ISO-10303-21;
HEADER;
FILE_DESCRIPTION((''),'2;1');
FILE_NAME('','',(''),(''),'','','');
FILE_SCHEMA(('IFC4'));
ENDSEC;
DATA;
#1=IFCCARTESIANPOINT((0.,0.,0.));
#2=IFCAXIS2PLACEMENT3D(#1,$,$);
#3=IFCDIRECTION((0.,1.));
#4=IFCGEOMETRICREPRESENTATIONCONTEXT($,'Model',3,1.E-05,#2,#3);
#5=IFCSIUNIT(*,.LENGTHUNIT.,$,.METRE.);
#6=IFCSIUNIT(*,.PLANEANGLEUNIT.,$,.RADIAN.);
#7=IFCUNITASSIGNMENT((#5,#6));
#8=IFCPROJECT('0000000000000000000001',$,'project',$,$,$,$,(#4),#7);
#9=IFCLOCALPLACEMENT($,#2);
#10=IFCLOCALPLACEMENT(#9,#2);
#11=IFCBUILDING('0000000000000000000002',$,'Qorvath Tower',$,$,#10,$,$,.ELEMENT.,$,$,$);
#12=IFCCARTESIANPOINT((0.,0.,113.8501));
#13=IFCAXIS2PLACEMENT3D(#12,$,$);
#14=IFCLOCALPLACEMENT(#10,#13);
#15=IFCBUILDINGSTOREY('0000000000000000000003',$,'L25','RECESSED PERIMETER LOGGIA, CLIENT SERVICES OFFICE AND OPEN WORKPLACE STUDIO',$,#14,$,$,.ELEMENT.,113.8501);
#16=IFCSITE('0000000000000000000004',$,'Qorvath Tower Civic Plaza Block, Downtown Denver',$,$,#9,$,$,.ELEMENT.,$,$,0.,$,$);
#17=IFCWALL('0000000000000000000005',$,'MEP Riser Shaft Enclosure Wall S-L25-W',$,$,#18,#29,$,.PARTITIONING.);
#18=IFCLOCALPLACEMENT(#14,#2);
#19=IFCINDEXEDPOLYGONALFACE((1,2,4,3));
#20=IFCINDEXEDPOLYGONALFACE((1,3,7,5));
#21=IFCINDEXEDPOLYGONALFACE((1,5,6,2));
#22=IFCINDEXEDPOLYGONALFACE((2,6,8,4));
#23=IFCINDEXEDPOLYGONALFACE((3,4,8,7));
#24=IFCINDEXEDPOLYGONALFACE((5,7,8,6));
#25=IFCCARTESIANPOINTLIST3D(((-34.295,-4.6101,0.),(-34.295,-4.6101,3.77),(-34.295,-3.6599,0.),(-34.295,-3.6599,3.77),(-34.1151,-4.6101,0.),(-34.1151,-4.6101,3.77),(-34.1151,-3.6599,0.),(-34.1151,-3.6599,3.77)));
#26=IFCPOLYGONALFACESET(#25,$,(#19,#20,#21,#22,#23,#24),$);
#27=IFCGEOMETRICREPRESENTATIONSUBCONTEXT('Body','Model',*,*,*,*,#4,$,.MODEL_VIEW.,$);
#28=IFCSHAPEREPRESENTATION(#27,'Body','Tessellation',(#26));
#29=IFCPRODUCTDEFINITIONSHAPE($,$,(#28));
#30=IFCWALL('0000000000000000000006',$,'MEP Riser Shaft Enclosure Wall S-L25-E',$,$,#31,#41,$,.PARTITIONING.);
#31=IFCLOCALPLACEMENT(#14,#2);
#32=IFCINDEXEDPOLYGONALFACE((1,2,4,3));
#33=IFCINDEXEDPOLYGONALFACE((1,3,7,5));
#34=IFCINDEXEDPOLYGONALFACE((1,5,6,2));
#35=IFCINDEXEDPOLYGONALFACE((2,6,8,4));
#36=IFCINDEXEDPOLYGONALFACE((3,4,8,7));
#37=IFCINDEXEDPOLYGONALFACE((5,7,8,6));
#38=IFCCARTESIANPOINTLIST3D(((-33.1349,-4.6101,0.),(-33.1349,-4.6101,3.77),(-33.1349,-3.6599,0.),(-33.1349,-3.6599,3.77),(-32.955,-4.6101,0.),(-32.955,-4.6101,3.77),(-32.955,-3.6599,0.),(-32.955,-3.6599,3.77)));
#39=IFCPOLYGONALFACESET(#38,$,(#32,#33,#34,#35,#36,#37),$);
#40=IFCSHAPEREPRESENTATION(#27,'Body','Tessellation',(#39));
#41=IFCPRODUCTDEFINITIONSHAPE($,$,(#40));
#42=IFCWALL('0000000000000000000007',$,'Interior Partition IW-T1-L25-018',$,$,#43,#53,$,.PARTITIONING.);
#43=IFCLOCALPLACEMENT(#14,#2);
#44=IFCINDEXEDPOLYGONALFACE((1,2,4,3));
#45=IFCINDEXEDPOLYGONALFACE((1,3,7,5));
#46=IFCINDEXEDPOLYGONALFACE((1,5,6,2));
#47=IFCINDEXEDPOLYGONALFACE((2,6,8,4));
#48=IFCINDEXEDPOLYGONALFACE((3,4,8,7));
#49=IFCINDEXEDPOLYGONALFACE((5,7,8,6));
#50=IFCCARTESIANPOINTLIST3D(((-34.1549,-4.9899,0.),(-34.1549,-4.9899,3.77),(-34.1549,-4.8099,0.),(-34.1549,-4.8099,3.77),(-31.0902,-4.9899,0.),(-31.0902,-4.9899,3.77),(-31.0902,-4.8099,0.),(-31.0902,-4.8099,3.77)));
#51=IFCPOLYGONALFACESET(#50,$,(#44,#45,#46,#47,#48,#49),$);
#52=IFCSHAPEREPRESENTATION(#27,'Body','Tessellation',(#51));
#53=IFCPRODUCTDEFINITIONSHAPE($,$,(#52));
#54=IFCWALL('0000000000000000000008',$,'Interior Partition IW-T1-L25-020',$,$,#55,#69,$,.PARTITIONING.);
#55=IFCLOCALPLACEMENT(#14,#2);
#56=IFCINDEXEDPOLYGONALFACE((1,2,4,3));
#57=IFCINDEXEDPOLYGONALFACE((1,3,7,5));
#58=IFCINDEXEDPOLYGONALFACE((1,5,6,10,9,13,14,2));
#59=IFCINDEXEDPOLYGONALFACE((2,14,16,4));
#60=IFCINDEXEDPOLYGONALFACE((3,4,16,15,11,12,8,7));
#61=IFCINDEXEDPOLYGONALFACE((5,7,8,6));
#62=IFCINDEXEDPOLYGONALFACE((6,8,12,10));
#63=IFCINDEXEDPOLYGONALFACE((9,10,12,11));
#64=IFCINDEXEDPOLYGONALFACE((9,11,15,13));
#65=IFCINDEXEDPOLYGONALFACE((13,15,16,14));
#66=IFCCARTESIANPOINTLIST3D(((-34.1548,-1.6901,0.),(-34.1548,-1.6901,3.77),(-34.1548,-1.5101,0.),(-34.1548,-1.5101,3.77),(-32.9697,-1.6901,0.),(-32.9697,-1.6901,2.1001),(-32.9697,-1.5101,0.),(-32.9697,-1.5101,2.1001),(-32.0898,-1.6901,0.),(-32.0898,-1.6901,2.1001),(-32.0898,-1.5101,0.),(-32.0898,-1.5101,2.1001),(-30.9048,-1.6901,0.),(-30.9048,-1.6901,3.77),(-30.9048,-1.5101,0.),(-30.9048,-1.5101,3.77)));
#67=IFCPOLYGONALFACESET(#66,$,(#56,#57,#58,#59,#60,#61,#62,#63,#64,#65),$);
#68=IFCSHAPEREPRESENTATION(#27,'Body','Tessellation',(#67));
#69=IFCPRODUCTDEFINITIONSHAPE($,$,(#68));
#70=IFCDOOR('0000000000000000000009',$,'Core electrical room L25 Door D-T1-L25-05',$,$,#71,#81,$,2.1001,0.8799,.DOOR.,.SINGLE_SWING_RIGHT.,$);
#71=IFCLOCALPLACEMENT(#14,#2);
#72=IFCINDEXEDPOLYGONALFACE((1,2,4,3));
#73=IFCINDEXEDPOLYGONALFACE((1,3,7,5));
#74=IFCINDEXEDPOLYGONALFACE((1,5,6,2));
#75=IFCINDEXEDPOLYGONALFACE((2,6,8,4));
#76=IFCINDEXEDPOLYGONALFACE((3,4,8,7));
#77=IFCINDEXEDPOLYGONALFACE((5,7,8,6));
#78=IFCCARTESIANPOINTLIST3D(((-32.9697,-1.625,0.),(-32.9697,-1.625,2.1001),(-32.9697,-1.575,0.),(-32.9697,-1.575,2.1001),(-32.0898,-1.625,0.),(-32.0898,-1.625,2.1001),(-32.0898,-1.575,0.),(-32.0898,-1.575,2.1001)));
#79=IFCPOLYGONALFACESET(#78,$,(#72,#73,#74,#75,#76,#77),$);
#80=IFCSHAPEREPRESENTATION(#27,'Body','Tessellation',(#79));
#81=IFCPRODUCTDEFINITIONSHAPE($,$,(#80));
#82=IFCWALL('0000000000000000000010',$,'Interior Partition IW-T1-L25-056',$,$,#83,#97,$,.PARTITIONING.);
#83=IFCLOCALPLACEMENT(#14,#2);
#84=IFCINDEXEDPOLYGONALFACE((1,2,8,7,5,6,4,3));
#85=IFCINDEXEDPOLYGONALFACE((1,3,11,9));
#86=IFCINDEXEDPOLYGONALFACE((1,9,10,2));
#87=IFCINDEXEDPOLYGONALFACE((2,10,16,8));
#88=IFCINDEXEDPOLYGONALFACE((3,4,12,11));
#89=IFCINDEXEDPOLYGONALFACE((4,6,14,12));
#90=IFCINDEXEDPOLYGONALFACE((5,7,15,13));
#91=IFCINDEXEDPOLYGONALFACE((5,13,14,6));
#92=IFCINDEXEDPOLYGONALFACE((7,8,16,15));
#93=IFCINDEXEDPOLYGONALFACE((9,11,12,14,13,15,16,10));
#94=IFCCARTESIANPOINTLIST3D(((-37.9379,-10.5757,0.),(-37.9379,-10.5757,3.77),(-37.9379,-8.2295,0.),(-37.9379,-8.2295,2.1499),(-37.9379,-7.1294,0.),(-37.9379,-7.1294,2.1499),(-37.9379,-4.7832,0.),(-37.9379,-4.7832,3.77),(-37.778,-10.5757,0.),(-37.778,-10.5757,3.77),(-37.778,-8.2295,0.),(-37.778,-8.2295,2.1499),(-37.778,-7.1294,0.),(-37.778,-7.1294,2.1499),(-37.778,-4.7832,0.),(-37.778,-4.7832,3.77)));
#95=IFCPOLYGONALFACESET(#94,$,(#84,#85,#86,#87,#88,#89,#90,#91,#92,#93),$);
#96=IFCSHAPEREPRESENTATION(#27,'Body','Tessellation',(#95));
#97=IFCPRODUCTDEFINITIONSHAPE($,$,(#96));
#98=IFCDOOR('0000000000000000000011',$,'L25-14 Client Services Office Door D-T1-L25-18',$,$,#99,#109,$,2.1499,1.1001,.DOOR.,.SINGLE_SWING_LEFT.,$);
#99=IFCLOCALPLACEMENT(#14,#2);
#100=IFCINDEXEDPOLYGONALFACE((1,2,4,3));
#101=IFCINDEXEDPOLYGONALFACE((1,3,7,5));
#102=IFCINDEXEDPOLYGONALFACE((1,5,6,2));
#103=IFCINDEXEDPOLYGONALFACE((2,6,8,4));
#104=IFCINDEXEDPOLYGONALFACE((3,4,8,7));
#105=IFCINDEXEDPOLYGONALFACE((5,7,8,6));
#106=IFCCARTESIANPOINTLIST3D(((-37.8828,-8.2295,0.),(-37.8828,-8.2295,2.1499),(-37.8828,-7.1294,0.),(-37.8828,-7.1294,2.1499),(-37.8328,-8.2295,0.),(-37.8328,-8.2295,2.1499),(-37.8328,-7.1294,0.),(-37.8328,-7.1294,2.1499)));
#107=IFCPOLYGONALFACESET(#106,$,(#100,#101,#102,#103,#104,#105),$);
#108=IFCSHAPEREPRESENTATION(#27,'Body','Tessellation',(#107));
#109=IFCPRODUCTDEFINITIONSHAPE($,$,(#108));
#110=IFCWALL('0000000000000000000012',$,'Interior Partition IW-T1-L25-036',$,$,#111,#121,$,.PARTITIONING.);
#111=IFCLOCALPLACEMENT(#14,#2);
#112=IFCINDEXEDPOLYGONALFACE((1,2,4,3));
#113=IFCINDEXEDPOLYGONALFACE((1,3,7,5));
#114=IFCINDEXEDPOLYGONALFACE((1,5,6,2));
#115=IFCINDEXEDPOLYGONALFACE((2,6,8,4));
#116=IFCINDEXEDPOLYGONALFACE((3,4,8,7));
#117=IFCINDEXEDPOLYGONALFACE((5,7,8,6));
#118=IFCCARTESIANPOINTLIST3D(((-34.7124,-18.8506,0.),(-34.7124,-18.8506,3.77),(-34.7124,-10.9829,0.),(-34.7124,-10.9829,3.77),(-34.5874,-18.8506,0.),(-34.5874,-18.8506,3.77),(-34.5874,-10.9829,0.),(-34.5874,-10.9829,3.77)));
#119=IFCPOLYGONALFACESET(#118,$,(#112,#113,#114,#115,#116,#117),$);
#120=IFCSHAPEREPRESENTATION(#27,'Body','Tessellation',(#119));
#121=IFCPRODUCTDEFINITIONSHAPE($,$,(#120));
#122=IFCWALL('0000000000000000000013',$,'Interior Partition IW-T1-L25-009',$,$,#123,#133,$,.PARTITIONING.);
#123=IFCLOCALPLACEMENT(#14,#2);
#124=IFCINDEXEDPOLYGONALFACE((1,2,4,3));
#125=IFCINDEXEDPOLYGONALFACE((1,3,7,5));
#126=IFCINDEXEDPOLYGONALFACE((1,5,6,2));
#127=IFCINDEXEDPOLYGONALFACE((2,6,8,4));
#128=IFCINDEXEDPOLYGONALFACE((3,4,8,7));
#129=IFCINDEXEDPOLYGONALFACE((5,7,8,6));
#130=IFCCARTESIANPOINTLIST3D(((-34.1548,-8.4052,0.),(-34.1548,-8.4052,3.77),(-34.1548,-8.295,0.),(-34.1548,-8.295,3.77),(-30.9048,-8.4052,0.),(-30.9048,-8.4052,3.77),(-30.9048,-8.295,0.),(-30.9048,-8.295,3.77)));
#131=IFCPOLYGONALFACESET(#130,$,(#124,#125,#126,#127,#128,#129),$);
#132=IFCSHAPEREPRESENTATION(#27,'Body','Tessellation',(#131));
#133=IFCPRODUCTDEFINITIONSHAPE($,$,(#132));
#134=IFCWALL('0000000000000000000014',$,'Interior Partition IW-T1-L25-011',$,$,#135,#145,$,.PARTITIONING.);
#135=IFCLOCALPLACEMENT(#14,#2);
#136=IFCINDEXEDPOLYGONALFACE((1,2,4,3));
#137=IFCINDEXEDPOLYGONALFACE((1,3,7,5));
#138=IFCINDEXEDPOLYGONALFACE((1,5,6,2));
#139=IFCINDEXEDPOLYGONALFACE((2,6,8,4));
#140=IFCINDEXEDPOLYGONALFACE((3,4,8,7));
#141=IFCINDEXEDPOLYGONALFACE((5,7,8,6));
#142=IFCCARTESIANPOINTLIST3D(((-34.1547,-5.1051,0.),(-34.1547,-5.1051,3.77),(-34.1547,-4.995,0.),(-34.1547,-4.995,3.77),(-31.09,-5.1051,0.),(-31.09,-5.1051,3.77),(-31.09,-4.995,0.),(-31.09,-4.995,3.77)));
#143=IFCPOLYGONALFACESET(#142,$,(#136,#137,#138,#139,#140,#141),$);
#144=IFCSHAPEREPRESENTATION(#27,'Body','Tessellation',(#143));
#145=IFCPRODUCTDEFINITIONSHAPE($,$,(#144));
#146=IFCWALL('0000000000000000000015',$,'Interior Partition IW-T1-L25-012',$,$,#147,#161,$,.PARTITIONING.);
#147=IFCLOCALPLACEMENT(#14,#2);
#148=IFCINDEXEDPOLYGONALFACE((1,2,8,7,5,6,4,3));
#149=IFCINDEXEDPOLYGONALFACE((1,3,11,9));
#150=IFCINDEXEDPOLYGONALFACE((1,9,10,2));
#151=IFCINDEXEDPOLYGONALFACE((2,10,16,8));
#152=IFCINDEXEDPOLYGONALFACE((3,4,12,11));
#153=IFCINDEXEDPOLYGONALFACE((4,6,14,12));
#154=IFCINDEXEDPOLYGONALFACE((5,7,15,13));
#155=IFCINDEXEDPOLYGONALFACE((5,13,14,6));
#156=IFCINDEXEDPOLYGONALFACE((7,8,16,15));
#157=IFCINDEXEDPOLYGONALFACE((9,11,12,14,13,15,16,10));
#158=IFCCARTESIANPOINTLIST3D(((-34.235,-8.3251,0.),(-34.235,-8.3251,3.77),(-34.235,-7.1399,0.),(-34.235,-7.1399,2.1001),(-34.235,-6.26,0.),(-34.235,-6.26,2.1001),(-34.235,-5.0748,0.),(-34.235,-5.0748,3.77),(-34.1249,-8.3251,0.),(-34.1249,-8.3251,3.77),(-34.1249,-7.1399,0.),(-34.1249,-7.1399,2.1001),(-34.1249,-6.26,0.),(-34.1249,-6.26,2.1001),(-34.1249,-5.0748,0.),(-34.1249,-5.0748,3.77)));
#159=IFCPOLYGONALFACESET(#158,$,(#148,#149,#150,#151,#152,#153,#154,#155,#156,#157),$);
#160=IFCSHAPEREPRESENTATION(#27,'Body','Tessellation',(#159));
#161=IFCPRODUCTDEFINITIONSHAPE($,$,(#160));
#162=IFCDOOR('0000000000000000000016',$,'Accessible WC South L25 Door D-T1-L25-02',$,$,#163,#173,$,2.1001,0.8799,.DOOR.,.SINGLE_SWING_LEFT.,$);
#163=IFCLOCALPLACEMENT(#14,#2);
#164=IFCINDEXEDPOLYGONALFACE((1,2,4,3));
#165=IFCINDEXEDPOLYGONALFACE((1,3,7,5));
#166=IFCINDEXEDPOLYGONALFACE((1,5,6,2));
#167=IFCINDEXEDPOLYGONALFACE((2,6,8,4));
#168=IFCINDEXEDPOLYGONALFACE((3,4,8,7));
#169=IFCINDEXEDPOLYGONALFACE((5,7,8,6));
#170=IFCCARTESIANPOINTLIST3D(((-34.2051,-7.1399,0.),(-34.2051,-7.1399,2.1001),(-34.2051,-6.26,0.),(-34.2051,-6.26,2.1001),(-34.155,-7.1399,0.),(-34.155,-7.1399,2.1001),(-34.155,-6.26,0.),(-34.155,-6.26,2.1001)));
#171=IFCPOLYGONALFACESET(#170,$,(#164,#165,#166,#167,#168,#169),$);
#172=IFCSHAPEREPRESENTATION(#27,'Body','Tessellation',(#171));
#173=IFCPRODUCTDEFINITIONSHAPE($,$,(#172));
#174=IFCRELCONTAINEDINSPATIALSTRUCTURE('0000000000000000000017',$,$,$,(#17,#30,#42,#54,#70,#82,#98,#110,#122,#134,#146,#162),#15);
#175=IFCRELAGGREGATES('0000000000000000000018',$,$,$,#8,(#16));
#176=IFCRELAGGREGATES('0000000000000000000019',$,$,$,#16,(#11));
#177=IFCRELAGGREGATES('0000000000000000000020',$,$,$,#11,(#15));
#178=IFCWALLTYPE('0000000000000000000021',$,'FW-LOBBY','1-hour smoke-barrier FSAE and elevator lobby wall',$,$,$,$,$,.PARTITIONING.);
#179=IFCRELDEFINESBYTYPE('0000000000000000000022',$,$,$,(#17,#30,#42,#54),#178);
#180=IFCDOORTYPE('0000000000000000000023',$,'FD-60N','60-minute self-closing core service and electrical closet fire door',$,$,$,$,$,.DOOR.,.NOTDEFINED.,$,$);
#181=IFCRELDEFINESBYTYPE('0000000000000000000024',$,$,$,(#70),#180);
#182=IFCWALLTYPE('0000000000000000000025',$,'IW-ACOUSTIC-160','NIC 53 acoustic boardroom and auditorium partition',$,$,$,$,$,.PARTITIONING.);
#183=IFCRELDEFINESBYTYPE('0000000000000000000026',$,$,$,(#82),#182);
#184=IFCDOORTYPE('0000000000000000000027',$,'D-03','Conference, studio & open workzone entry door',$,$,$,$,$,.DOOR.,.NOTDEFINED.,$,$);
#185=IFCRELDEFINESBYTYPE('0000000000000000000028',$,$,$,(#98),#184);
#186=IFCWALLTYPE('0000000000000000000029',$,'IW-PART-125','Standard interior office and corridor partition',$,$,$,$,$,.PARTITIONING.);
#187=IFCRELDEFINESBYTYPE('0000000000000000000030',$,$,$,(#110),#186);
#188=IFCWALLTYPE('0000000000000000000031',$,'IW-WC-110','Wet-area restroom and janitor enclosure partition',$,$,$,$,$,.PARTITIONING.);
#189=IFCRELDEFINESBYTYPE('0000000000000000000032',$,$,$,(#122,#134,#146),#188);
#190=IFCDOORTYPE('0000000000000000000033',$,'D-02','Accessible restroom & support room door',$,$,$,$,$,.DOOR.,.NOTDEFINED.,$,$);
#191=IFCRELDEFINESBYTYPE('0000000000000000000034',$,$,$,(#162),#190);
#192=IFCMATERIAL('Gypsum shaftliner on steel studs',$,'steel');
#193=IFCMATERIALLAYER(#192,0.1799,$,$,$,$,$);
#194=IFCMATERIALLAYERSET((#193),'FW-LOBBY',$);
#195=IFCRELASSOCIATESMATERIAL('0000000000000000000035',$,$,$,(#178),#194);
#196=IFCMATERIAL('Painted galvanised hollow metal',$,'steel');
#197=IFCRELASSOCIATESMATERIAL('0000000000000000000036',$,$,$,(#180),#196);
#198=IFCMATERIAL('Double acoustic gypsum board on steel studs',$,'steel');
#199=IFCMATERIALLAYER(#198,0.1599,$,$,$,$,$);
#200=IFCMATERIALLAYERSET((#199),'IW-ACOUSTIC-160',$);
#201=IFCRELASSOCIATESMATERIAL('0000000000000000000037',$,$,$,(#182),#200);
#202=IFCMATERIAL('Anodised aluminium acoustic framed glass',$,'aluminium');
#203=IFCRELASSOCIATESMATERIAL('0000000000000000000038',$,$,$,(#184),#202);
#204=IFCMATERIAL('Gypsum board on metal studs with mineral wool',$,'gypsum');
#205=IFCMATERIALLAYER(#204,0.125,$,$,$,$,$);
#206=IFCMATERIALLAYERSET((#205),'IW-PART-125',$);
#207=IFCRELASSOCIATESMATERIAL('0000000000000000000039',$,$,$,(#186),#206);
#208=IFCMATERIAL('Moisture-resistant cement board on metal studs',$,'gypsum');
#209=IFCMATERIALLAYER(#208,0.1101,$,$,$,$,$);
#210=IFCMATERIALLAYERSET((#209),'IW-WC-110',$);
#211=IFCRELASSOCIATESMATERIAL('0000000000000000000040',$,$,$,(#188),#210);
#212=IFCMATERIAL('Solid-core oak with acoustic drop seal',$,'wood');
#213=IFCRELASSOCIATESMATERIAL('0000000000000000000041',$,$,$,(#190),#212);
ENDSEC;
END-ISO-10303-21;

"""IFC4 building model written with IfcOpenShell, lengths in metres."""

from ifc_helpers import new_model, si_unit, direction, frame, frame_2d, origin, place, context, subcontext, project, spatial, rectangle, extrude, material, layer, layer_set, type_object, element, fill, save


model = new_model("IFC4")

# Units and contexts
model_context = context("Model", 3, precision=1e-05, world=origin(), true_north=direction((0.0, 1.0)))
body_context = subcontext(model_context, "Body", "Model", "MODEL_VIEW")
ifc_project = project(units=[si_unit("LENGTHUNIT", "METRE"), si_unit("PLANEANGLEUNIT", "RADIAN")], contexts=[model_context])

# Site, building, storey
site_placement = place(None, origin())
site = spatial("IfcSite", under=ifc_project, at=site_placement, Name="Qorvath Tower Civic Plaza Block, Downtown Denver", CompositionType="ELEMENT", RefElevation=0.0)
building_placement = place(site_placement, origin())
building = spatial("IfcBuilding", under=site, at=building_placement, Name="Qorvath Tower", CompositionType="ELEMENT")
storey_placement = place(building_placement, frame((0.0, 0.0, 113.8501)))
storey = spatial("IfcBuildingStorey", under=building, at=storey_placement, Name="L25", Description="RECESSED PERIMETER LOGGIA, CLIENT SERVICES OFFICE AND OPEN WORKPLACE STUDIO", CompositionType="ELEMENT", Elevation=113.8501)

# Walls
ifc_material_1 = material(Name="Gypsum shaftliner on steel studs", Category="steel")
ifc_layer_1 = layer(ifc_material_1, 0.1799)
ifc_layer_set_1 = layer_set([ifc_layer_1], Name="FW-LOBBY")
wall_type_1 = type_object("IfcWallType", Name="FW-LOBBY", Description="1-hour smoke-barrier FSAE and elevator lobby wall", PredefinedType="PARTITIONING", material=ifc_layer_set_1)
for number, where, z_axis, x_axis, name in (
    (1, (-34.2051, -4.6101, 0.0), (0.0, 0.0, 1.0), (0.0, 1.0, 0.0), "MEP Riser Shaft Enclosure Wall S-L25-W"),
    (2, (-33.0449, -3.6599, 0.0), (0.0, 0.0, 1.0), (0.0, -1.0, 0.0), "MEP Riser Shaft Enclosure Wall S-L25-E"),
):
    element("IfcWall", number, at=place(storey_placement, frame(where, z_axis=z_axis, x_axis=x_axis)), inside=storey, type_object=wall_type_1, Name=name, PredefinedType="PARTITIONING", context=body_context, shape_type="SweptSolid", body=[
        extrude(rectangle(XDim=0.9502, YDim=0.1799, at=frame_2d((0.4751, 0.0))), origin(), (0.0, 0.0, 1.0), 3.77),
    ])
wall_1_placement = place(storey_placement, frame((-34.1548, -4.8999, 0.0), z_axis=(0.0, 0.0, 1.0), x_axis=(1.0, 0.0, 0.0)))
element("IfcWall", 3, at=wall_1_placement, inside=storey, type_object=wall_type_1, Name="Interior Partition IW-T1-L25-018", PredefinedType="PARTITIONING", context=body_context, shape_type="SweptSolid", body=[
    extrude(rectangle(XDim=3.0647, YDim=0.1799, at=frame_2d((1.5322, 0.0))), origin(), (0.0, 0.0, 1.0), 3.77),
])

# Walls, openings, doors
wall_2_placement = place(storey_placement, frame((-30.9048, -1.6001, 0.0), z_axis=(0.0, 0.0, 1.0), x_axis=(-1.0, 0.0, 0.0)))
wall_2 = element("IfcWall", 4, at=wall_2_placement, inside=storey, type_object=wall_type_1, Name="Interior Partition IW-T1-L25-020", PredefinedType="PARTITIONING", context=body_context, shape_type="SweptSolid", body=[
    extrude(rectangle(XDim=3.25, YDim=0.1799, at=frame_2d((1.625, 0.0))), origin(), (0.0, 0.0, 1.0), 3.77),
])
opening_1_placement = place(wall_2_placement, frame((1.1851, 0.0, 0.0)))
opening_1 = element("IfcOpeningElement", 5, at=opening_1_placement, cuts=wall_2, PredefinedType="OPENING", context=body_context, shape_type="SweptSolid", body=[
    extrude(rectangle(XDim=0.8799, YDim=2.1001, at=frame_2d((0.4399, 1.05))), frame((0.0, 0.1001, 0.0), z_axis=(0.0, -1.0, 0.0), x_axis=(1.0, 0.0, 0.0)), (0.0, 0.0, 1.0), 0.2),
])
ifc_material_2 = material(Name="Painted galvanised hollow metal", Category="steel")
door_type_1 = type_object("IfcDoorType", Name="FD-60N", Description="60-minute self-closing core service and electrical closet fire door", OperationType="NOTDEFINED", PredefinedType="DOOR", material=ifc_material_2)
door_1_placement = place(opening_1_placement, origin())
door_1 = element("IfcDoor", 6, at=door_1_placement, inside=storey, type_object=door_type_1, Name="Core electrical room L25 Door D-T1-L25-05", OperationType="SINGLE_SWING_RIGHT", OverallHeight=2.1001, OverallWidth=0.8799, PredefinedType="DOOR", context=body_context, shape_type="SweptSolid", body=[
    extrude(rectangle(XDim=0.8799, YDim=2.1001, at=frame_2d((0.4399, 1.05))), frame((0.0, 0.0249, 0.0), z_axis=(0.0, -1.0, 0.0), x_axis=(1.0, 0.0, 0.0)), (0.0, 0.0, 1.0), 0.05),
])
fill(opening_1, door_1)
ifc_material_3 = material(Name="Double acoustic gypsum board on steel studs", Category="steel")
ifc_layer_2 = layer(ifc_material_3, 0.1599)
ifc_layer_set_2 = layer_set([ifc_layer_2], Name="IW-ACOUSTIC-160")
wall_type_2 = type_object("IfcWallType", Name="IW-ACOUSTIC-160", Description="NIC 53 acoustic boardroom and auditorium partition", PredefinedType="PARTITIONING", material=ifc_layer_set_2)
wall_3_placement = place(storey_placement, frame((-37.8579, -10.5757, 0.0), z_axis=(0.0, 0.0, 1.0), x_axis=(0.0, 1.0, 0.0)))
wall_3 = element("IfcWall", 7, at=wall_3_placement, inside=storey, type_object=wall_type_2, Name="Interior Partition IW-T1-L25-056", PredefinedType="PARTITIONING", context=body_context, shape_type="SweptSolid", body=[
    extrude(rectangle(XDim=5.7925, YDim=0.1599, at=frame_2d((2.8962, 0.0))), origin(), (0.0, 0.0, 1.0), 3.77),
])
opening_2_placement = place(wall_3_placement, frame((2.3462, 0.0, 0.0)))
opening_2 = element("IfcOpeningElement", 8, at=opening_2_placement, cuts=wall_3, PredefinedType="OPENING", context=body_context, shape_type="SweptSolid", body=[
    extrude(rectangle(XDim=1.1001, YDim=2.1499, at=frame_2d((0.55, 1.075))), frame((0.0, 0.0898, 0.0), z_axis=(0.0, -1.0, 0.0), x_axis=(1.0, 0.0, 0.0)), (0.0, 0.0, 1.0), 0.1799),
])
ifc_material_4 = material(Name="Anodised aluminium acoustic framed glass", Category="aluminium")
door_type_2 = type_object("IfcDoorType", Name="D-03", Description="Conference, studio & open workzone entry door", OperationType="NOTDEFINED", PredefinedType="DOOR", material=ifc_material_4)
door_2_placement = place(opening_2_placement, origin())
door_2 = element("IfcDoor", 9, at=door_2_placement, inside=storey, type_object=door_type_2, Name="L25-14 Client Services Office Door D-T1-L25-18", OperationType="SINGLE_SWING_LEFT", OverallHeight=2.1499, OverallWidth=1.1001, PredefinedType="DOOR", context=body_context, shape_type="SweptSolid", body=[
    extrude(rectangle(XDim=1.1001, YDim=2.1499, at=frame_2d((0.55, 1.075))), frame((0.0, 0.0249, 0.0), z_axis=(0.0, -1.0, 0.0), x_axis=(1.0, 0.0, 0.0)), (0.0, 0.0, 1.0), 0.05),
])
fill(opening_2, door_2)

# Wall
ifc_material_5 = material(Name="Gypsum board on metal studs with mineral wool", Category="gypsum")
ifc_layer_3 = layer(ifc_material_5, 0.125)
ifc_layer_set_3 = layer_set([ifc_layer_3], Name="IW-PART-125")
wall_type_3 = type_object("IfcWallType", Name="IW-PART-125", Description="Standard interior office and corridor partition", PredefinedType="PARTITIONING", material=ifc_layer_set_3)
wall_4_placement = place(storey_placement, frame((-34.6499, -10.9829, 0.0), z_axis=(0.0, 0.0, 1.0), x_axis=(0.0, -1.0, 0.0)))
element("IfcWall", 10, at=wall_4_placement, inside=storey, type_object=wall_type_3, Name="Interior Partition IW-T1-L25-036", PredefinedType="PARTITIONING", context=body_context, shape_type="SweptSolid", body=[
    extrude(rectangle(XDim=7.8677, YDim=0.125, at=frame_2d((3.9338, 0.0))), origin(), (0.0, 0.0, 1.0), 3.77),
])

# Walls
ifc_material_6 = material(Name="Moisture-resistant cement board on metal studs", Category="gypsum")
ifc_layer_4 = layer(ifc_material_6, 0.1101)
ifc_layer_set_4 = layer_set([ifc_layer_4], Name="IW-WC-110")
wall_type_4 = type_object("IfcWallType", Name="IW-WC-110", Description="Wet-area restroom and janitor enclosure partition", PredefinedType="PARTITIONING", material=ifc_layer_set_4)
wall_5_placement = place(storey_placement, frame((-34.1548, -8.3501, 0.0), z_axis=(0.0, 0.0, 1.0), x_axis=(1.0, 0.0, 0.0)))
element("IfcWall", 11, at=wall_5_placement, inside=storey, type_object=wall_type_4, Name="Interior Partition IW-T1-L25-009", PredefinedType="PARTITIONING", context=body_context, shape_type="SweptSolid", body=[
    extrude(rectangle(XDim=3.25, YDim=0.1101, at=frame_2d((1.625, 0.0))), origin(), (0.0, 0.0, 1.0), 3.77),
])
wall_6_placement = place(storey_placement, frame((-31.0901, -5.05, 0.0), z_axis=(0.0, 0.0, 1.0), x_axis=(-1.0, 0.0, 0.0)))
element("IfcWall", 12, at=wall_6_placement, inside=storey, type_object=wall_type_4, Name="Interior Partition IW-T1-L25-011", PredefinedType="PARTITIONING", context=body_context, shape_type="SweptSolid", body=[
    extrude(rectangle(XDim=3.0647, YDim=0.1101, at=frame_2d((1.5322, 0.0))), origin(), (0.0, 0.0, 1.0), 3.77),
])

# Wall, opening, door
wall_7_placement = place(storey_placement, frame((-34.1799, -5.075, 0.0), z_axis=(0.0, 0.0, 1.0), x_axis=(0.0, -1.0, 0.0)))
wall_7 = element("IfcWall", 13, at=wall_7_placement, inside=storey, type_object=wall_type_4, Name="Interior Partition IW-T1-L25-012", PredefinedType="PARTITIONING", context=body_context, shape_type="SweptSolid", body=[
    extrude(rectangle(XDim=3.2502, YDim=0.1101, at=frame_2d((1.625, 0.0))), origin(), (0.0, 0.0, 1.0), 3.77),
])
opening_3_placement = place(wall_7_placement, frame((1.1851, 0.0, 0.0)))
opening_3 = element("IfcOpeningElement", 14, at=opening_3_placement, cuts=wall_7, PredefinedType="OPENING", context=body_context, shape_type="SweptSolid", body=[
    extrude(rectangle(XDim=0.8799, YDim=2.1001, at=frame_2d((0.4399, 1.05))), frame((0.0, 0.0649, 0.0), z_axis=(0.0, -1.0, 0.0), x_axis=(1.0, 0.0, 0.0)), (0.0, 0.0, 1.0), 0.1301),
])
ifc_material_7 = material(Name="Solid-core oak with acoustic drop seal", Category="wood")
door_type_3 = type_object("IfcDoorType", Name="D-02", Description="Accessible restroom & support room door", OperationType="NOTDEFINED", PredefinedType="DOOR", material=ifc_material_7)
door_3_placement = place(opening_3_placement, origin())
door_3 = element("IfcDoor", 15, at=door_3_placement, inside=storey, type_object=door_type_3, Name="Accessible WC South L25 Door D-T1-L25-02", OperationType="SINGLE_SWING_LEFT", OverallHeight=2.1001, OverallWidth=0.8799, PredefinedType="DOOR", context=body_context, shape_type="SweptSolid", body=[
    extrude(rectangle(XDim=0.8799, YDim=2.1001, at=frame_2d((0.4399, 1.05))), frame((0.0, 0.0249, 0.0), z_axis=(0.0, -1.0, 0.0), x_axis=(1.0, 0.0, 0.0)), (0.0, 0.0, 1.0), 0.05),
])
fill(opening_3, door_3)

save(model, "model.ifc")
